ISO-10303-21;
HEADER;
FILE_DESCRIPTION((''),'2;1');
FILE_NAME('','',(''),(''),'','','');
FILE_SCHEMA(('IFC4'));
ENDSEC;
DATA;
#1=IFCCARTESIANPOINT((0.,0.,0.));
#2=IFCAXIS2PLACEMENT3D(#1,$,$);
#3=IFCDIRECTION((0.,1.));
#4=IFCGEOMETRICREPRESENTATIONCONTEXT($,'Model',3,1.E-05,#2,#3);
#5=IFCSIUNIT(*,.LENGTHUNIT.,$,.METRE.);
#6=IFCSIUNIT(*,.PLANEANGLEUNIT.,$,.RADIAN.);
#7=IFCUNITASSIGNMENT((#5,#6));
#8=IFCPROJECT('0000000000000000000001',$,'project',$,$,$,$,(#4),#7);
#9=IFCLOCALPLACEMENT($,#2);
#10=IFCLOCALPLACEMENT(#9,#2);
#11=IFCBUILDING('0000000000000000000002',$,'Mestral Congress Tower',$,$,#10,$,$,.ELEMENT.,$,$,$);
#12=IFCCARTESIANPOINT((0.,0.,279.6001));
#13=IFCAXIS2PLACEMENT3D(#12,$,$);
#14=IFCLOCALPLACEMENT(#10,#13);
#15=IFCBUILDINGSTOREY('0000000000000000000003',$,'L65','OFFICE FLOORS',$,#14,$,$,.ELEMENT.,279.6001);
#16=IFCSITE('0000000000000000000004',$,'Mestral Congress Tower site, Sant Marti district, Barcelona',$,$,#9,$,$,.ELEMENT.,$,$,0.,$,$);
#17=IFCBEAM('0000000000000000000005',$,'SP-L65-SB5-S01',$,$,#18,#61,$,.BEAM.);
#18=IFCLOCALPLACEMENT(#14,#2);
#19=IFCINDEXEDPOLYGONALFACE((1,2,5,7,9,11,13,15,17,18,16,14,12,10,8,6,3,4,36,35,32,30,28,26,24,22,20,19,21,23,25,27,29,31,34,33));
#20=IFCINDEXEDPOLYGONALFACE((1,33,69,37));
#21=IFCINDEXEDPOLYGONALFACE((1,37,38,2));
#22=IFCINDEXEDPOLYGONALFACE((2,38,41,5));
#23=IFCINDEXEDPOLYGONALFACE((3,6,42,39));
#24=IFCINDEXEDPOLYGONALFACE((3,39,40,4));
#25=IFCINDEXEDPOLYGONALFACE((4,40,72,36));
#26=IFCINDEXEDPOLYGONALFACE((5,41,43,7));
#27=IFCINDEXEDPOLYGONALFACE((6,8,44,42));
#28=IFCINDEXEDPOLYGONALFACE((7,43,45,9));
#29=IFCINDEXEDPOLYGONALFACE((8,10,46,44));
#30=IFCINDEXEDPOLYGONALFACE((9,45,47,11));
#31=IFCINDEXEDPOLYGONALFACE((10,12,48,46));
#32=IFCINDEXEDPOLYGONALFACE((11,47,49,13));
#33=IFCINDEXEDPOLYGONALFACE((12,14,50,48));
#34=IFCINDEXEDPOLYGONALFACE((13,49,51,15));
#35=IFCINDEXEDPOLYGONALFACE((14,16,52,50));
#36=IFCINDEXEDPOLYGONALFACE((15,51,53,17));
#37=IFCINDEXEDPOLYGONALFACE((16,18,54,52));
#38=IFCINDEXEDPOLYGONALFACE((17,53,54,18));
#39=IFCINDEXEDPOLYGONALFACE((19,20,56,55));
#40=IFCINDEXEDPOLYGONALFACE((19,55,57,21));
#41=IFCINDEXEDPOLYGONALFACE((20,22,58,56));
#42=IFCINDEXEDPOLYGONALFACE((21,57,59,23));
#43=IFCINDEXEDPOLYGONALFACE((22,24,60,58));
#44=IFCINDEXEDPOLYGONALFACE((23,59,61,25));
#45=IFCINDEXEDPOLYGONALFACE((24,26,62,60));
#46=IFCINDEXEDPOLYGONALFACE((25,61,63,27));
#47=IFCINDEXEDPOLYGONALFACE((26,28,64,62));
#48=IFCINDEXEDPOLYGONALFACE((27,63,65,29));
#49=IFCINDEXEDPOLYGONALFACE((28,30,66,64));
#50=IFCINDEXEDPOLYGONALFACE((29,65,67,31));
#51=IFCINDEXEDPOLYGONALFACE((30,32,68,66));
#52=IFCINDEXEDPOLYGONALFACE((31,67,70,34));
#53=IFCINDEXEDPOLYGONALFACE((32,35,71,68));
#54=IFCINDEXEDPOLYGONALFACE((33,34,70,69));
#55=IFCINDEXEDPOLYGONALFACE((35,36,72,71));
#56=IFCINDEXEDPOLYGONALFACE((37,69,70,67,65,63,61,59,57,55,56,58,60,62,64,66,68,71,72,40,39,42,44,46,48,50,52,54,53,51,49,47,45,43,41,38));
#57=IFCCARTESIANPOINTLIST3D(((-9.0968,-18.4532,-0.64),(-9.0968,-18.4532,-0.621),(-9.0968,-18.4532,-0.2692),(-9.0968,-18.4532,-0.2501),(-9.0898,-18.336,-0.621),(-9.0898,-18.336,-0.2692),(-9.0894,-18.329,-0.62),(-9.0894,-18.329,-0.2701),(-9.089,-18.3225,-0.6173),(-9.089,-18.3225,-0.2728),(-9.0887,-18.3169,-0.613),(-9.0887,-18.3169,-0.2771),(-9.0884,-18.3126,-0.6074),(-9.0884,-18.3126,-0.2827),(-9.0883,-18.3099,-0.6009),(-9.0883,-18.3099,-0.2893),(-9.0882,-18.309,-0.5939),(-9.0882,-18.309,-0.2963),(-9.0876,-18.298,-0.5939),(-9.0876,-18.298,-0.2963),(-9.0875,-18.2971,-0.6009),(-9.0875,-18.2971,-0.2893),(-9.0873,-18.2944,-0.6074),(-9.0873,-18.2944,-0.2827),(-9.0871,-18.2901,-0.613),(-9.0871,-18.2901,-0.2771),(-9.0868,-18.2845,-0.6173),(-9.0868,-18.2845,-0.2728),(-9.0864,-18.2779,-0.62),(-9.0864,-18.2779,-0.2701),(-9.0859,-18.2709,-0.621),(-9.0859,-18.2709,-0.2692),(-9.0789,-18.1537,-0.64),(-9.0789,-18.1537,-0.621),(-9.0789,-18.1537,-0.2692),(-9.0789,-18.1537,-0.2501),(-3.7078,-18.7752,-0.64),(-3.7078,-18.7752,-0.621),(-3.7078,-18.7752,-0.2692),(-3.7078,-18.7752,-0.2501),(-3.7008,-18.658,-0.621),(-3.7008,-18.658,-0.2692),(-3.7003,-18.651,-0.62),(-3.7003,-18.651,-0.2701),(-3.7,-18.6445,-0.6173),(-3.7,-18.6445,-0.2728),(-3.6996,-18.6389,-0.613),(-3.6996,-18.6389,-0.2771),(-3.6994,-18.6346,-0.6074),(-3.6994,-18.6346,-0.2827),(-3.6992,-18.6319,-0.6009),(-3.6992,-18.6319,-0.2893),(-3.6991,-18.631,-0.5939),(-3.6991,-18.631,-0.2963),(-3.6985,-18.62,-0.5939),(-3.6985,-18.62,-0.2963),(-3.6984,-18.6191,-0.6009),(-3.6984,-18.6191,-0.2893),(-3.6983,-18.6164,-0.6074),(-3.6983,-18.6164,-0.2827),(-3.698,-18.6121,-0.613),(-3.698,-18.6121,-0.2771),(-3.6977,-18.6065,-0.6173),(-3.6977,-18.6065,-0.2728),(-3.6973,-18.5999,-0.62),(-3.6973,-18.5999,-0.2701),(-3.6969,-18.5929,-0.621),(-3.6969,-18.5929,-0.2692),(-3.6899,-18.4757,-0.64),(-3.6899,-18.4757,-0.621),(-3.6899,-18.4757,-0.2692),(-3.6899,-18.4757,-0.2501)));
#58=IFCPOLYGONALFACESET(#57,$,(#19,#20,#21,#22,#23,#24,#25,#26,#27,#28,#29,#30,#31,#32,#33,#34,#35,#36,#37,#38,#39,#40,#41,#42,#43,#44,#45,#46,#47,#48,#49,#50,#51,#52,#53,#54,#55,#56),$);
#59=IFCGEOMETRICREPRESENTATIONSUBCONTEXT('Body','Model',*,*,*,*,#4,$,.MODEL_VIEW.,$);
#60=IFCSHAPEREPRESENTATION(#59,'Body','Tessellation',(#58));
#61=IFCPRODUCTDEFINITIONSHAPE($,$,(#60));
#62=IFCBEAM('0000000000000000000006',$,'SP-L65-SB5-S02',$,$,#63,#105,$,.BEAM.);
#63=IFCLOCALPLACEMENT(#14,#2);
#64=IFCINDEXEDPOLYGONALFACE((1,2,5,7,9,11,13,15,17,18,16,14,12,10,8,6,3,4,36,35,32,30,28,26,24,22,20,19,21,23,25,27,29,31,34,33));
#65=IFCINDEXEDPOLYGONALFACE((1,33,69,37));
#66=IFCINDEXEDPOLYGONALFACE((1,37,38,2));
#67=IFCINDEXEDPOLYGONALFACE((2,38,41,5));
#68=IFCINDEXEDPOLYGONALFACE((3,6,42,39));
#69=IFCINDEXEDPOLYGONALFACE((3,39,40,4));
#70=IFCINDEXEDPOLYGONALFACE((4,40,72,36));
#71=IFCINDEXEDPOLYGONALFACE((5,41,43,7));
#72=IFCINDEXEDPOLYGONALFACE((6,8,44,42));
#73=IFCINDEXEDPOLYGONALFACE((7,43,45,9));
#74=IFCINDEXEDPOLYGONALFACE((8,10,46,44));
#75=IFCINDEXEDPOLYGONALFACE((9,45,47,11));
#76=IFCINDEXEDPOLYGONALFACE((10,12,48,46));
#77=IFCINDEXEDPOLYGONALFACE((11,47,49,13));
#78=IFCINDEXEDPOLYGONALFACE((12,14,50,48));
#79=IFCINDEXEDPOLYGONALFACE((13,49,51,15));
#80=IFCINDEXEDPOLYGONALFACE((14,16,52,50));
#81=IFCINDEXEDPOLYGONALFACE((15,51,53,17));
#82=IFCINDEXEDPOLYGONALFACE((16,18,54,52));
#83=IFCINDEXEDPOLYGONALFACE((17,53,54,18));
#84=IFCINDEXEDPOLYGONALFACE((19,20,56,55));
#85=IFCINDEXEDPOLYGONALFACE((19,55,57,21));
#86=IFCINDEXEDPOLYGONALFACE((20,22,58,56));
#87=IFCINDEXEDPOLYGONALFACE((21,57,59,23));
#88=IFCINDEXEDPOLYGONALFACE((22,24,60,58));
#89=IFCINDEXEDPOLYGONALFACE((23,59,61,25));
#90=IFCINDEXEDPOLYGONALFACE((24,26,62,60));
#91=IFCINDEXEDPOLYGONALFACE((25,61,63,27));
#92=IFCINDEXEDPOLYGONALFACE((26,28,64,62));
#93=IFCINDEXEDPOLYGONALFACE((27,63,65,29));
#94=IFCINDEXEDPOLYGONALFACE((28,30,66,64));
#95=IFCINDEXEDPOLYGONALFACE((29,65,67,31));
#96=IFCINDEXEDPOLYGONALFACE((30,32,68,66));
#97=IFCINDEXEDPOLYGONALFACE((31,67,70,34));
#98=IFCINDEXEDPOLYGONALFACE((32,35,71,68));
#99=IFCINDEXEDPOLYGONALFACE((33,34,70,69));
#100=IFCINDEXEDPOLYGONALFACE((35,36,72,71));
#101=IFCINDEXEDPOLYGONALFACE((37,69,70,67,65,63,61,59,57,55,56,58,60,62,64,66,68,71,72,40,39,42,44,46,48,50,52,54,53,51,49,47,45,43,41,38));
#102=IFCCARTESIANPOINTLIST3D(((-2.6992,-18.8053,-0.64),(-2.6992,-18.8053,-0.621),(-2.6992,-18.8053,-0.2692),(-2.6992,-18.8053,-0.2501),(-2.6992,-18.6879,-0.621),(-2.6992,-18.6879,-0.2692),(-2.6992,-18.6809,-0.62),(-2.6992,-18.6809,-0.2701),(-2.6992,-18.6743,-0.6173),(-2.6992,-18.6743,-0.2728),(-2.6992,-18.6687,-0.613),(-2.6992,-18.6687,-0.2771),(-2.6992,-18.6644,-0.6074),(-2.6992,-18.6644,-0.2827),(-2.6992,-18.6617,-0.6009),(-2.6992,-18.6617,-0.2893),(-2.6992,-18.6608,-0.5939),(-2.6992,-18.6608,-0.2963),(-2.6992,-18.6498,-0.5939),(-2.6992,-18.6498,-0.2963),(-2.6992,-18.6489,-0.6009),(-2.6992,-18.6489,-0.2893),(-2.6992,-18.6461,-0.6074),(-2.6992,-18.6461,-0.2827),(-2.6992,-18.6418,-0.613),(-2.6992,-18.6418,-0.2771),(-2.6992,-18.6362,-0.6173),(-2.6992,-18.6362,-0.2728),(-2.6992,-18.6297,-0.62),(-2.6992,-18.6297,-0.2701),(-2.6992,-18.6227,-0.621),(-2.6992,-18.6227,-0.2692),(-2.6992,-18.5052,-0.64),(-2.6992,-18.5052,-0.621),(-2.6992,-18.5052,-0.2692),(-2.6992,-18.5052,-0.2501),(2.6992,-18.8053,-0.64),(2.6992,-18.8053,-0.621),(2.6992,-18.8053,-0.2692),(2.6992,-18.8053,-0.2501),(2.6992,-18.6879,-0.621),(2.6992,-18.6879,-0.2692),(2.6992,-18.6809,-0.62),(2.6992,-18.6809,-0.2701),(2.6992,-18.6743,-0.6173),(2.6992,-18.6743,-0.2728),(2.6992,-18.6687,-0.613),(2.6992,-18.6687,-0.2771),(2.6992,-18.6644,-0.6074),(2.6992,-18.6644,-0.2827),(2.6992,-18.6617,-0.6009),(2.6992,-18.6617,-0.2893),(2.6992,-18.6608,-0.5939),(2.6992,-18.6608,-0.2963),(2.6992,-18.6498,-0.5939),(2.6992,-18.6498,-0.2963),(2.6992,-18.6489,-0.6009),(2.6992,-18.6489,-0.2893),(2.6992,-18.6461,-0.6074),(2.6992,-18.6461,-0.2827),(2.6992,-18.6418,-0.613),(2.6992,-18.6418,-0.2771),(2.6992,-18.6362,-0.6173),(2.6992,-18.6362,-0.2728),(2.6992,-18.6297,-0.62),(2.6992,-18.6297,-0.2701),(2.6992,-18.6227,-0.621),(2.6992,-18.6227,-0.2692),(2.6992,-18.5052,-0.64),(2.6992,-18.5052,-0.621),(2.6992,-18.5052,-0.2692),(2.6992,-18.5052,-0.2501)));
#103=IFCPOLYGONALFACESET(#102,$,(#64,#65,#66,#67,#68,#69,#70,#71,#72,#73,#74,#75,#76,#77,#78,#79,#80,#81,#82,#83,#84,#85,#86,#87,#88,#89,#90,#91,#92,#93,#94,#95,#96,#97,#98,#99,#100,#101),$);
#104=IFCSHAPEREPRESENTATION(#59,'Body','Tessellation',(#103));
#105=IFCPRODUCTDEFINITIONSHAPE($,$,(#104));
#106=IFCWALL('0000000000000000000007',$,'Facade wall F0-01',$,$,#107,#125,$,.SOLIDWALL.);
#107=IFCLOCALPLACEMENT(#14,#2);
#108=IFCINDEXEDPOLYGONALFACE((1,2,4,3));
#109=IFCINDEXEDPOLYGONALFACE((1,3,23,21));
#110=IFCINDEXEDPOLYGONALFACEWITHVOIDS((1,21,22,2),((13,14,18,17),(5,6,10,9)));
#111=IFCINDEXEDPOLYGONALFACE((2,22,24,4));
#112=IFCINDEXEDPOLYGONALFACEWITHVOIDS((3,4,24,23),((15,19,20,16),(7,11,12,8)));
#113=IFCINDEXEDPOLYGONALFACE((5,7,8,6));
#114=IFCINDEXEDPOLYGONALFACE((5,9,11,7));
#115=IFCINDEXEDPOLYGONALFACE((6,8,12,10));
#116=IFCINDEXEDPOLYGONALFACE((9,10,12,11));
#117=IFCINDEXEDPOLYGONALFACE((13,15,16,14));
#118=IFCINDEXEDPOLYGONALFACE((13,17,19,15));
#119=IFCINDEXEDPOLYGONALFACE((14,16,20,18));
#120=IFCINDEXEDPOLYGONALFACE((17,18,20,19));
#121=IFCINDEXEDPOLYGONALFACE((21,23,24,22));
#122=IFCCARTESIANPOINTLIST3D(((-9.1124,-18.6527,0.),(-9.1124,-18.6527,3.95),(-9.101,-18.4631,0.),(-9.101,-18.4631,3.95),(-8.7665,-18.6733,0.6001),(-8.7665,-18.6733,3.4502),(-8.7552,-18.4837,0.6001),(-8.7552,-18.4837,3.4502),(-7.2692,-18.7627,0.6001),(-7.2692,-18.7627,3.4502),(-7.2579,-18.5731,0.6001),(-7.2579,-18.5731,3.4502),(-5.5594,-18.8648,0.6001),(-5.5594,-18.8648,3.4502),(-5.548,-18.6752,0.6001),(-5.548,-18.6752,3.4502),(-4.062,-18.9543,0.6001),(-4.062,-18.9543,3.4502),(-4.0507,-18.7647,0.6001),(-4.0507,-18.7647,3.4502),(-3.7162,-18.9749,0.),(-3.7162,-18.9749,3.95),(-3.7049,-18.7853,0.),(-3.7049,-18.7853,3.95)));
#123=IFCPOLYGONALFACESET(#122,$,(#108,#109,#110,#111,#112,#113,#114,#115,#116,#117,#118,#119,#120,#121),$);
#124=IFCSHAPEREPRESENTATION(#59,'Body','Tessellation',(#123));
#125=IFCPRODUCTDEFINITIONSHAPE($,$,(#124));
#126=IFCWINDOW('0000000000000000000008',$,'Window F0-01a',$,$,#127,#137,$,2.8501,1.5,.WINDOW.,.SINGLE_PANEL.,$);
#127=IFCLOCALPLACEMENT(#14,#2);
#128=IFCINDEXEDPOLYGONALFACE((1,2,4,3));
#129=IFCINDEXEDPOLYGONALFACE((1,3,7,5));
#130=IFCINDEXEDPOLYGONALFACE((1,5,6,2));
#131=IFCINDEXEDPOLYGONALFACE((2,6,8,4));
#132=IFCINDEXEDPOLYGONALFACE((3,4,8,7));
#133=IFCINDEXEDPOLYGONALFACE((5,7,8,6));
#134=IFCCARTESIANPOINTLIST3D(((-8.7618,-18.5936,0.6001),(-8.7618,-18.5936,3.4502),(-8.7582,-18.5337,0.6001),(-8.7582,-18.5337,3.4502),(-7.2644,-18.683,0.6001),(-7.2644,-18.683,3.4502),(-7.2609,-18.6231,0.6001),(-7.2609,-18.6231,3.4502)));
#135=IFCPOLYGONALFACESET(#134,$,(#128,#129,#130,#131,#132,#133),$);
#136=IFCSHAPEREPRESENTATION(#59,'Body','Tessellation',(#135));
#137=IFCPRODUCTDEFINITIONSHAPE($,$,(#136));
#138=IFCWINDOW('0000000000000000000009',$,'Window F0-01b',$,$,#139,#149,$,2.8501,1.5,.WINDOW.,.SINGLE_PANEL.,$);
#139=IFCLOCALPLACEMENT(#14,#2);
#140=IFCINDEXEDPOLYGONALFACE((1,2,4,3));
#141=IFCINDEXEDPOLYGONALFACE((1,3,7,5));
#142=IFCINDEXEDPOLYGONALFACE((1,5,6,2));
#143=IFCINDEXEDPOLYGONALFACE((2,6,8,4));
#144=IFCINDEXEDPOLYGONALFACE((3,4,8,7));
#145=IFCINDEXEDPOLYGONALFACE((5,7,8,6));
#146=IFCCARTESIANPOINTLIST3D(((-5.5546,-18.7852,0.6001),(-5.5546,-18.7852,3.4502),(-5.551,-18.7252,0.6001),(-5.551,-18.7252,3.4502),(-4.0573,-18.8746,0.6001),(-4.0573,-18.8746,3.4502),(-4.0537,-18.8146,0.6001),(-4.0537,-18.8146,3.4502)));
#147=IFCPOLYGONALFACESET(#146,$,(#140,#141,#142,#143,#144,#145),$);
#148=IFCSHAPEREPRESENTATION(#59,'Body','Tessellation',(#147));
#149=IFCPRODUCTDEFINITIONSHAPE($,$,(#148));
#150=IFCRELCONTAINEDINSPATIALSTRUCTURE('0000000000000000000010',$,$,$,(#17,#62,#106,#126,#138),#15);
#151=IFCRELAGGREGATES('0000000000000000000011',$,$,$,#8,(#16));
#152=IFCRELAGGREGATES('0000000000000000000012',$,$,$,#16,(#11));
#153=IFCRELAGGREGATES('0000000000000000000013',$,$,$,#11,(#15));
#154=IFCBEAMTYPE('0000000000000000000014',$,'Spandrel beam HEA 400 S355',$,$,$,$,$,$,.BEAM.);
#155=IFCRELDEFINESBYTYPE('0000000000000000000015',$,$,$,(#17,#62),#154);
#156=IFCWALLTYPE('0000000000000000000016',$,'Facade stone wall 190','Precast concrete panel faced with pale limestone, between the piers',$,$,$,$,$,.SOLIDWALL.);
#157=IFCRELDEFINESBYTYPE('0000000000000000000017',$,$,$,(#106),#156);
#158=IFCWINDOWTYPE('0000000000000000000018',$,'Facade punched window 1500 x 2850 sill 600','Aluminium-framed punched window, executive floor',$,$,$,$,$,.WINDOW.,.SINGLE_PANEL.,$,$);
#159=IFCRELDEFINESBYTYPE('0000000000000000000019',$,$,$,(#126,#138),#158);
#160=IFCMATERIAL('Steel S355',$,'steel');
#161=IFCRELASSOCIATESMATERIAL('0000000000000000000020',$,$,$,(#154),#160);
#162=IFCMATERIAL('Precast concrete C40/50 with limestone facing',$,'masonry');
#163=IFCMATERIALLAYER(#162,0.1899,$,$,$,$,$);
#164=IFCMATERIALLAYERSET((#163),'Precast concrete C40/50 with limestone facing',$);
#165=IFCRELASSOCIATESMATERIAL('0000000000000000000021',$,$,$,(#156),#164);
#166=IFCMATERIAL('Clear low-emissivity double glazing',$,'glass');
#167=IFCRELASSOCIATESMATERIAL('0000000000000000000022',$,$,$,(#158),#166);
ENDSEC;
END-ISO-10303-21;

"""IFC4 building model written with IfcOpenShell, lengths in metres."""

from ifc_helpers import new_model, si_unit, direction, frame, frame_2d, origin, origin_2d, place, context, subcontext, project, spatial, rectangle, i_section, extrude, material, layer, layer_set, material_profile, profile_set, type_object, element, fill, save


model = new_model("IFC4")

# Units and contexts
model_context = context("Model", 3, precision=1e-05, world=origin(), true_north=direction((0.0, 1.0)))
body_context = subcontext(model_context, "Body", "Model", "MODEL_VIEW")
ifc_project = project(units=[si_unit("LENGTHUNIT", "METRE"), si_unit("PLANEANGLEUNIT", "RADIAN")], contexts=[model_context])

# Site, building, storey
site_placement = place(None, origin())
site = spatial("IfcSite", under=ifc_project, at=site_placement, Name="Mestral Congress Tower site, Sant Marti district, Barcelona", CompositionType="ELEMENT", RefElevation=0.0)
building_placement = place(site_placement, origin())
building = spatial("IfcBuilding", under=site, at=building_placement, Name="Mestral Congress Tower", CompositionType="ELEMENT")
storey_placement = place(building_placement, frame((0.0, 0.0, 279.6001)))
storey = spatial("IfcBuildingStorey", under=building, at=storey_placement, Name="L65", Description="OFFICE FLOORS", CompositionType="ELEMENT", Elevation=279.6001)

# Beams
ifc_material_1 = material(Name="Steel S355", Category="steel")
ifc_material_profile_1 = material_profile(ifc_material_1, i_section(OverallWidth=0.3, OverallDepth=0.3899, WebThickness=0.011, FlangeThickness=0.019, FilletRadius=0.0271, at=origin_2d()), Name="HEA 400")
ifc_profile_set_1 = profile_set([ifc_material_profile_1], Name="Steel S355")
beam_type_1 = type_object("IfcBeamType", Name="Spandrel beam HEA 400 S355", PredefinedType="BEAM", material=ifc_profile_set_1)
beam_1_placement = place(storey_placement, frame((-9.0879, -18.3035, -0.4451), z_axis=(0.99822, -0.059647, 0.0), x_axis=(0.059647, 0.99822, 0.0)))
element("IfcBeam", 1, at=beam_1_placement, inside=storey, type_object=beam_type_1, Name="SP-L65-SB5-S01", PredefinedType="BEAM", context=body_context, shape_type="SweptSolid", body=[
    extrude(i_section(OverallWidth=0.3, OverallDepth=0.3899, WebThickness=0.011, FlangeThickness=0.019, FilletRadius=0.0271, at=origin_2d()), origin(), (0.0, 0.0, 1.0), 5.3987),
])
beam_2_placement = place(storey_placement, frame((-2.6992, -18.6553, -0.4451), z_axis=(1.0, 0.0, 0.0), x_axis=(0.0, 1.0, 0.0)))
element("IfcBeam", 2, at=beam_2_placement, inside=storey, type_object=beam_type_1, Name="SP-L65-SB5-S02", PredefinedType="BEAM", context=body_context, shape_type="SweptSolid", body=[
    extrude(i_section(OverallWidth=0.3, OverallDepth=0.3899, WebThickness=0.011, FlangeThickness=0.019, FilletRadius=0.0271, at=origin_2d()), origin(), (0.0, 0.0, 1.0), 5.3984),
])

# Wall, openings, windows
ifc_material_2 = material(Name="Precast concrete C40/50 with limestone facing", Category="masonry")
ifc_layer_1 = layer(ifc_material_2, 0.1899)
ifc_layer_set_1 = layer_set([ifc_layer_1], Name="Precast concrete C40/50 with limestone facing")
wall_type_1 = type_object("IfcWallType", Name="Facade stone wall 190", Description="Precast concrete panel faced with pale limestone, between the piers", PredefinedType="SOLIDWALL", material=ifc_layer_set_1)
wall_1_placement = place(storey_placement, frame((-9.1067, -18.5579, 0.0), z_axis=(0.0, 0.0, 1.0), x_axis=(0.998221, -0.059614, 0.0)))
wall_1 = element("IfcWall", 3, at=wall_1_placement, inside=storey, type_object=wall_type_1, Name="Facade wall F0-01", PredefinedType="SOLIDWALL", context=body_context, shape_type="SweptSolid", body=[
    extrude(rectangle(XDim=5.4058, YDim=0.1899, at=frame_2d((2.7029, 0.0))), origin(), (0.0, 0.0, 1.0), 3.95),
])
opening_1_placement = place(wall_1_placement, frame((0.3464, 0.0, 0.6001)))
opening_1 = element("IfcOpeningElement", 4, at=opening_1_placement, cuts=wall_1, PredefinedType="OPENING", context=body_context, shape_type="SweptSolid", body=[
    extrude(rectangle(XDim=1.5, YDim=2.8501, at=frame_2d((0.75, 1.425))), frame((0.0, 0.105, 0.0), z_axis=(0.0, -1.0, 0.0), x_axis=(1.0, 0.0, 0.0)), (0.0, 0.0, 1.0), 0.21),
])
opening_2_placement = place(wall_1_placement, frame((3.5593, 0.0, 0.6001)))
opening_2 = element("IfcOpeningElement", 5, at=opening_2_placement, cuts=wall_1, PredefinedType="OPENING", context=body_context, shape_type="SweptSolid", body=[
    extrude(rectangle(XDim=1.5, YDim=2.8501, at=frame_2d((0.75, 1.425))), frame((0.0, 0.105, 0.0), z_axis=(0.0, -1.0, 0.0), x_axis=(1.0, 0.0, 0.0)), (0.0, 0.0, 1.0), 0.21),
])
ifc_material_3 = material(Name="Clear low-emissivity double glazing", Category="glass")
window_type = type_object("IfcWindowType", Name="Facade punched window 1500 x 2850 sill 600", Description="Aluminium-framed punched window, executive floor", PartitioningType="SINGLE_PANEL", PredefinedType="WINDOW", material=ifc_material_3)
window_1_placement = place(opening_1_placement, origin())
window_1 = element("IfcWindow", 6, at=window_1_placement, inside=storey, type_object=window_type, Name="Window F0-01a", OverallHeight=2.8501, OverallWidth=1.5, PartitioningType="SINGLE_PANEL", PredefinedType="WINDOW", context=body_context, shape_type="SweptSolid", body=[
    extrude(rectangle(XDim=1.5, YDim=2.8501, at=frame_2d((0.75, 1.425))), frame((0.0, 0.0449, 0.0), z_axis=(0.0, -1.0, 0.0), x_axis=(1.0, 0.0, 0.0)), (0.0, 0.0, 1.0), 0.0601),
])
fill(opening_1, window_1)
window_2_placement = place(opening_2_placement, origin())
window_2 = element("IfcWindow", 7, at=window_2_placement, inside=storey, type_object=window_type, Name="Window F0-01b", OverallHeight=2.8501, OverallWidth=1.5, PartitioningType="SINGLE_PANEL", PredefinedType="WINDOW", context=body_context, shape_type="SweptSolid", body=[
    extrude(rectangle(XDim=1.5, YDim=2.8501, at=frame_2d((0.75, 1.425))), frame((0.0, 0.0449, 0.0), z_axis=(0.0, -1.0, 0.0), x_axis=(1.0, 0.0, 0.0)), (0.0, 0.0, 1.0), 0.0601),
])
fill(opening_2, window_2)

save(model, "model.ifc")
